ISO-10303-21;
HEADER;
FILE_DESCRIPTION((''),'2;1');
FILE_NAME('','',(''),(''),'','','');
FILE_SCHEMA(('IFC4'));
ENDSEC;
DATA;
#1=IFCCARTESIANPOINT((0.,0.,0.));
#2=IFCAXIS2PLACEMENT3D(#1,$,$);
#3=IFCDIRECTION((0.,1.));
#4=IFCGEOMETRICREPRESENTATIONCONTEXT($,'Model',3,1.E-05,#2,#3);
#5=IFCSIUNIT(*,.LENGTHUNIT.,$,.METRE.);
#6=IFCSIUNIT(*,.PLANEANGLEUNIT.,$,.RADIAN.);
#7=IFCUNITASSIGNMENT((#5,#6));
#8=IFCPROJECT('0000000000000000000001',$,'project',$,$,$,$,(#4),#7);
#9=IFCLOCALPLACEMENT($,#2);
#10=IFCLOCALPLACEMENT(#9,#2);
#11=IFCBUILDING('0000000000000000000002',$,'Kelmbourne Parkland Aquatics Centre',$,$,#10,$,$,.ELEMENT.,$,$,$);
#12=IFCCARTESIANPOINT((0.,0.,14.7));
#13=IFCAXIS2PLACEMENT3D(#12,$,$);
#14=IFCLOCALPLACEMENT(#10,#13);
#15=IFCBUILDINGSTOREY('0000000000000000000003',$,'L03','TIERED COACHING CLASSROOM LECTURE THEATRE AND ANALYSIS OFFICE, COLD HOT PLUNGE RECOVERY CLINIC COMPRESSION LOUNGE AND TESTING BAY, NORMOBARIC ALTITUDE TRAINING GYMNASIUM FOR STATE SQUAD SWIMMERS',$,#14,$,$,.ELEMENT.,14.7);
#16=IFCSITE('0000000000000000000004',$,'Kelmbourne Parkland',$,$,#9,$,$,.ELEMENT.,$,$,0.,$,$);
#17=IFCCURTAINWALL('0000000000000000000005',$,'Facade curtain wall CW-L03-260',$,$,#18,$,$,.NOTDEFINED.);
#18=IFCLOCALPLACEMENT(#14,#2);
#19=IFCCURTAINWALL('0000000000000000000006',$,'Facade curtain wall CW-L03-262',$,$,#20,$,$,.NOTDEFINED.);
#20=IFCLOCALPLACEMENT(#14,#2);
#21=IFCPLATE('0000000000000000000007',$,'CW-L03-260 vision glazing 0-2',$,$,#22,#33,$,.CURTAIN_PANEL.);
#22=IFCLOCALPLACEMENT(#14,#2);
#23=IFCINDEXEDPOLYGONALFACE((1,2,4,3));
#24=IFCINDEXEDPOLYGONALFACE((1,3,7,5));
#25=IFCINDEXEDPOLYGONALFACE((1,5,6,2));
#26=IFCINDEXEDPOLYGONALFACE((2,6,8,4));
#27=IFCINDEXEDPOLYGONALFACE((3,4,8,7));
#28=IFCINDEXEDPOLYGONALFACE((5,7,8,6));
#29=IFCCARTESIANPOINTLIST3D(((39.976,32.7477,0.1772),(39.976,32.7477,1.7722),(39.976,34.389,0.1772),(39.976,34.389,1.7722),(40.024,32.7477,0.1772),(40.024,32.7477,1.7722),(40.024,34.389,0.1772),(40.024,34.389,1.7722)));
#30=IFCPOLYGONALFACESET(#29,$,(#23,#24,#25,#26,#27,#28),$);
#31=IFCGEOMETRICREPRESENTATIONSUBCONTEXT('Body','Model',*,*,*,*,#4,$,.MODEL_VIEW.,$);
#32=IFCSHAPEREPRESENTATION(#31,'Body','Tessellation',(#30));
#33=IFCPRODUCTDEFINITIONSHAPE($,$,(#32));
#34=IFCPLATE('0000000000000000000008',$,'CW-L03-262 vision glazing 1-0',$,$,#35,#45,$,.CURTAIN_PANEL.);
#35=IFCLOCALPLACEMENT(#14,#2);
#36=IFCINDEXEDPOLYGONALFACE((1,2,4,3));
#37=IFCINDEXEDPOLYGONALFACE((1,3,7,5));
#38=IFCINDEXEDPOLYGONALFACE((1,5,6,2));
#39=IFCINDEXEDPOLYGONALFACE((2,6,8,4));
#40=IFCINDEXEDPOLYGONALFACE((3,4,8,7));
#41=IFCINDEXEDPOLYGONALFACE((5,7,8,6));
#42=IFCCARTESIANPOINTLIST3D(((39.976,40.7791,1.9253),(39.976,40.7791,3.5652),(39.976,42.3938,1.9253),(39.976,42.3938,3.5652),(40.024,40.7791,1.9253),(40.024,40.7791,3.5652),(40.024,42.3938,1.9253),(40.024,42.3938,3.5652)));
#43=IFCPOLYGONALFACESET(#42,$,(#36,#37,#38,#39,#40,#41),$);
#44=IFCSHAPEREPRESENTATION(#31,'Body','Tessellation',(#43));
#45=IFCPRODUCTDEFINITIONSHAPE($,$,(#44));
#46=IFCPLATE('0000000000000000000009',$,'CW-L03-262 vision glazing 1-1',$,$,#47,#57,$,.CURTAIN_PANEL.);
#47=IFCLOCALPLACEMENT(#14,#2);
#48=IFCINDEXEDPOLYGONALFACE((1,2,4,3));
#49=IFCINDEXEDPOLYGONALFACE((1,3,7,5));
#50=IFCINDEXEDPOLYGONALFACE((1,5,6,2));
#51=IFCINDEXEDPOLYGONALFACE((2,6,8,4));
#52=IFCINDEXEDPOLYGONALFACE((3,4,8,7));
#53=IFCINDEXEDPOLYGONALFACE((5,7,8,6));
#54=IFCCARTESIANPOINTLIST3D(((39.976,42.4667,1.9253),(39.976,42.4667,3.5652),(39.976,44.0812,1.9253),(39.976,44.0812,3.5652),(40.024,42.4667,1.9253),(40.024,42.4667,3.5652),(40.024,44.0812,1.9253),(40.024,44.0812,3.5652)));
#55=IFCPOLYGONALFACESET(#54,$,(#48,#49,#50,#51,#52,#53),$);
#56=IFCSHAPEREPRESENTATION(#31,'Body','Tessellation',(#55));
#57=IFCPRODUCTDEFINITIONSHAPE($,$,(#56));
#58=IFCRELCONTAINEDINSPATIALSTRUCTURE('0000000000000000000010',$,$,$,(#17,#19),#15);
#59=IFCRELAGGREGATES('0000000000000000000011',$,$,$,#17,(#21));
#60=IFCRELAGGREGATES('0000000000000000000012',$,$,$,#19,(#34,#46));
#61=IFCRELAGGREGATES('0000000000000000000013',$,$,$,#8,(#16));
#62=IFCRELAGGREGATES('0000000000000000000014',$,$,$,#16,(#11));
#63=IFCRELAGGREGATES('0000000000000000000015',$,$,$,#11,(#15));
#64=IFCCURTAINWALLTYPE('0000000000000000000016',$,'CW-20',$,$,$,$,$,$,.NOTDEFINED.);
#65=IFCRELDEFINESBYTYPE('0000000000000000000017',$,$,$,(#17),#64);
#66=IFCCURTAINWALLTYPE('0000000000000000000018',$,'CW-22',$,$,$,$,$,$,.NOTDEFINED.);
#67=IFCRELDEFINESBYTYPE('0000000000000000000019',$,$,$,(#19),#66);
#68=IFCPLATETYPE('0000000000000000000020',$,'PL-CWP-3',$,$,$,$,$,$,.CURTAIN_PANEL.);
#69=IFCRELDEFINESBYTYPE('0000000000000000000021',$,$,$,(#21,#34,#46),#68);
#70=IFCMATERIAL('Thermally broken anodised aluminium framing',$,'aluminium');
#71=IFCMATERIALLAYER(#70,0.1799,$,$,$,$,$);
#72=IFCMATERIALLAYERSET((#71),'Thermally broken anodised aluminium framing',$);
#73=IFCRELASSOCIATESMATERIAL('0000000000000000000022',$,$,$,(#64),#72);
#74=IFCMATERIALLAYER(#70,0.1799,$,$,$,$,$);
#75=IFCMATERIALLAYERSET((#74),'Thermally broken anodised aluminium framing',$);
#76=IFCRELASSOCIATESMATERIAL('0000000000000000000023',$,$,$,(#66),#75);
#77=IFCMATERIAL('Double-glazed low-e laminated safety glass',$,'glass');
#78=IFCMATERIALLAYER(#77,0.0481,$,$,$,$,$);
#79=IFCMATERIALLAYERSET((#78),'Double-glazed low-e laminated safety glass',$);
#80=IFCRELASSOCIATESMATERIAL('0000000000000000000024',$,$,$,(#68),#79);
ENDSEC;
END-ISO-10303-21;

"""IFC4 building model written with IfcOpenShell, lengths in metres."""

from ifc_helpers import new_model, si_unit, direction, frame, origin, origin_2d, place, context, subcontext, project, spatial, rectangle, extrude, material, layer, layer_set, type_object, element, aggregate, save


model = new_model("IFC4")

# Units and contexts
model_context = context("Model", 3, precision=1e-05, world=origin(), true_north=direction((0.0, 1.0)))
body_context = subcontext(model_context, "Body", "Model", "MODEL_VIEW")
ifc_project = project(units=[si_unit("LENGTHUNIT", "METRE"), si_unit("PLANEANGLEUNIT", "RADIAN")], contexts=[model_context])

# Site, building, storey
site_placement = place(None, origin())
site = spatial("IfcSite", under=ifc_project, at=site_placement, Name="Kelmbourne Parkland", CompositionType="ELEMENT", RefElevation=0.0)
building_placement = place(site_placement, origin())
building = spatial("IfcBuilding", under=site, at=building_placement, Name="Kelmbourne Parkland Aquatics Centre", CompositionType="ELEMENT")
storey_placement = place(building_placement, frame((0.0, 0.0, 14.7)))
storey = spatial("IfcBuildingStorey", under=building, at=storey_placement, Name="L03", Description="TIERED COACHING CLASSROOM LECTURE THEATRE AND ANALYSIS OFFICE, COLD HOT PLUNGE RECOVERY CLINIC COMPRESSION LOUNGE AND TESTING BAY, NORMOBARIC ALTITUDE TRAINING GYMNASIUM FOR STATE SQUAD SWIMMERS", CompositionType="ELEMENT", Elevation=14.7)

# Curtain wall
ifc_material_1 = material(Name="Thermally broken anodised aluminium framing", Category="aluminium")
ifc_layer_1 = layer(ifc_material_1, 0.1799)
ifc_layer_set_1 = layer_set([ifc_layer_1], Name="Thermally broken anodised aluminium framing")
curtain_wall_type_1 = type_object("IfcCurtainWallType", Name="CW-20", PredefinedType="NOTDEFINED", material=ifc_layer_set_1)
curtain_wall_1_placement = place(storey_placement, origin())
curtain_wall_1 = element("IfcCurtainWall", 1, at=curtain_wall_1_placement, inside=storey, type_object=curtain_wall_type_1, Name="Facade curtain wall CW-L03-260", PredefinedType="NOTDEFINED")

# Curtain wall
ifc_layer_2 = layer(ifc_material_1, 0.1799)
ifc_layer_set_2 = layer_set([ifc_layer_2], Name="Thermally broken anodised aluminium framing")
curtain_wall_type_2 = type_object("IfcCurtainWallType", Name="CW-22", PredefinedType="NOTDEFINED", material=ifc_layer_set_2)
curtain_wall_2_placement = place(storey_placement, origin())
curtain_wall_2 = element("IfcCurtainWall", 2, at=curtain_wall_2_placement, inside=storey, type_object=curtain_wall_type_2, Name="Facade curtain wall CW-L03-262", PredefinedType="NOTDEFINED")

# Plates
ifc_material_2 = material(Name="Double-glazed low-e laminated safety glass", Category="glass")
ifc_layer_3 = layer(ifc_material_2, 0.0481)
ifc_layer_set_3 = layer_set([ifc_layer_3], Name="Double-glazed low-e laminated safety glass")
plate_type_1 = type_object("IfcPlateType", Name="PL-CWP-3", PredefinedType="CURTAIN_PANEL", material=ifc_layer_set_3)
plate_1_placement = place(storey_placement, frame((40.0, 33.5684, 0.1772), z_axis=(0.0, 0.0, 1.0), x_axis=(0.0, 1.0, 0.0)))
plate_1 = element("IfcPlate", 3, at=plate_1_placement, type_object=plate_type_1, Name="CW-L03-260 vision glazing 0-2", PredefinedType="CURTAIN_PANEL", context=body_context, shape_type="SweptSolid", body=[
    extrude(rectangle(XDim=1.6414, YDim=0.0481, at=origin_2d()), origin(), (0.0, 0.0, 1.0), 1.595),
])
aggregate(curtain_wall_1, [plate_1])
plate_2_placement = place(storey_placement, frame((40.0, 41.5864, 1.9253), z_axis=(0.0, 0.0, 1.0), x_axis=(0.0, 1.0, 0.0)))
plate_2 = element("IfcPlate", 4, at=plate_2_placement, type_object=plate_type_1, Name="CW-L03-262 vision glazing 1-0", PredefinedType="CURTAIN_PANEL", context=body_context, shape_type="SweptSolid", body=[
    extrude(rectangle(XDim=1.6147, YDim=0.0481, at=origin_2d()), origin(), (0.0, 0.0, 1.0), 1.6399),
])
plate_3_placement = place(storey_placement, frame((40.0, 43.2739, 1.9253), z_axis=(0.0, 0.0, 1.0), x_axis=(0.0, 1.0, 0.0)))
plate_3 = element("IfcPlate", 5, at=plate_3_placement, type_object=plate_type_1, Name="CW-L03-262 vision glazing 1-1", PredefinedType="CURTAIN_PANEL", context=body_context, shape_type="SweptSolid", body=[
    extrude(rectangle(XDim=1.6145, YDim=0.0481, at=origin_2d()), origin(), (0.0, 0.0, 1.0), 1.6399),
])
aggregate(curtain_wall_2, [plate_2, plate_3])

save(model, "model.ifc")
